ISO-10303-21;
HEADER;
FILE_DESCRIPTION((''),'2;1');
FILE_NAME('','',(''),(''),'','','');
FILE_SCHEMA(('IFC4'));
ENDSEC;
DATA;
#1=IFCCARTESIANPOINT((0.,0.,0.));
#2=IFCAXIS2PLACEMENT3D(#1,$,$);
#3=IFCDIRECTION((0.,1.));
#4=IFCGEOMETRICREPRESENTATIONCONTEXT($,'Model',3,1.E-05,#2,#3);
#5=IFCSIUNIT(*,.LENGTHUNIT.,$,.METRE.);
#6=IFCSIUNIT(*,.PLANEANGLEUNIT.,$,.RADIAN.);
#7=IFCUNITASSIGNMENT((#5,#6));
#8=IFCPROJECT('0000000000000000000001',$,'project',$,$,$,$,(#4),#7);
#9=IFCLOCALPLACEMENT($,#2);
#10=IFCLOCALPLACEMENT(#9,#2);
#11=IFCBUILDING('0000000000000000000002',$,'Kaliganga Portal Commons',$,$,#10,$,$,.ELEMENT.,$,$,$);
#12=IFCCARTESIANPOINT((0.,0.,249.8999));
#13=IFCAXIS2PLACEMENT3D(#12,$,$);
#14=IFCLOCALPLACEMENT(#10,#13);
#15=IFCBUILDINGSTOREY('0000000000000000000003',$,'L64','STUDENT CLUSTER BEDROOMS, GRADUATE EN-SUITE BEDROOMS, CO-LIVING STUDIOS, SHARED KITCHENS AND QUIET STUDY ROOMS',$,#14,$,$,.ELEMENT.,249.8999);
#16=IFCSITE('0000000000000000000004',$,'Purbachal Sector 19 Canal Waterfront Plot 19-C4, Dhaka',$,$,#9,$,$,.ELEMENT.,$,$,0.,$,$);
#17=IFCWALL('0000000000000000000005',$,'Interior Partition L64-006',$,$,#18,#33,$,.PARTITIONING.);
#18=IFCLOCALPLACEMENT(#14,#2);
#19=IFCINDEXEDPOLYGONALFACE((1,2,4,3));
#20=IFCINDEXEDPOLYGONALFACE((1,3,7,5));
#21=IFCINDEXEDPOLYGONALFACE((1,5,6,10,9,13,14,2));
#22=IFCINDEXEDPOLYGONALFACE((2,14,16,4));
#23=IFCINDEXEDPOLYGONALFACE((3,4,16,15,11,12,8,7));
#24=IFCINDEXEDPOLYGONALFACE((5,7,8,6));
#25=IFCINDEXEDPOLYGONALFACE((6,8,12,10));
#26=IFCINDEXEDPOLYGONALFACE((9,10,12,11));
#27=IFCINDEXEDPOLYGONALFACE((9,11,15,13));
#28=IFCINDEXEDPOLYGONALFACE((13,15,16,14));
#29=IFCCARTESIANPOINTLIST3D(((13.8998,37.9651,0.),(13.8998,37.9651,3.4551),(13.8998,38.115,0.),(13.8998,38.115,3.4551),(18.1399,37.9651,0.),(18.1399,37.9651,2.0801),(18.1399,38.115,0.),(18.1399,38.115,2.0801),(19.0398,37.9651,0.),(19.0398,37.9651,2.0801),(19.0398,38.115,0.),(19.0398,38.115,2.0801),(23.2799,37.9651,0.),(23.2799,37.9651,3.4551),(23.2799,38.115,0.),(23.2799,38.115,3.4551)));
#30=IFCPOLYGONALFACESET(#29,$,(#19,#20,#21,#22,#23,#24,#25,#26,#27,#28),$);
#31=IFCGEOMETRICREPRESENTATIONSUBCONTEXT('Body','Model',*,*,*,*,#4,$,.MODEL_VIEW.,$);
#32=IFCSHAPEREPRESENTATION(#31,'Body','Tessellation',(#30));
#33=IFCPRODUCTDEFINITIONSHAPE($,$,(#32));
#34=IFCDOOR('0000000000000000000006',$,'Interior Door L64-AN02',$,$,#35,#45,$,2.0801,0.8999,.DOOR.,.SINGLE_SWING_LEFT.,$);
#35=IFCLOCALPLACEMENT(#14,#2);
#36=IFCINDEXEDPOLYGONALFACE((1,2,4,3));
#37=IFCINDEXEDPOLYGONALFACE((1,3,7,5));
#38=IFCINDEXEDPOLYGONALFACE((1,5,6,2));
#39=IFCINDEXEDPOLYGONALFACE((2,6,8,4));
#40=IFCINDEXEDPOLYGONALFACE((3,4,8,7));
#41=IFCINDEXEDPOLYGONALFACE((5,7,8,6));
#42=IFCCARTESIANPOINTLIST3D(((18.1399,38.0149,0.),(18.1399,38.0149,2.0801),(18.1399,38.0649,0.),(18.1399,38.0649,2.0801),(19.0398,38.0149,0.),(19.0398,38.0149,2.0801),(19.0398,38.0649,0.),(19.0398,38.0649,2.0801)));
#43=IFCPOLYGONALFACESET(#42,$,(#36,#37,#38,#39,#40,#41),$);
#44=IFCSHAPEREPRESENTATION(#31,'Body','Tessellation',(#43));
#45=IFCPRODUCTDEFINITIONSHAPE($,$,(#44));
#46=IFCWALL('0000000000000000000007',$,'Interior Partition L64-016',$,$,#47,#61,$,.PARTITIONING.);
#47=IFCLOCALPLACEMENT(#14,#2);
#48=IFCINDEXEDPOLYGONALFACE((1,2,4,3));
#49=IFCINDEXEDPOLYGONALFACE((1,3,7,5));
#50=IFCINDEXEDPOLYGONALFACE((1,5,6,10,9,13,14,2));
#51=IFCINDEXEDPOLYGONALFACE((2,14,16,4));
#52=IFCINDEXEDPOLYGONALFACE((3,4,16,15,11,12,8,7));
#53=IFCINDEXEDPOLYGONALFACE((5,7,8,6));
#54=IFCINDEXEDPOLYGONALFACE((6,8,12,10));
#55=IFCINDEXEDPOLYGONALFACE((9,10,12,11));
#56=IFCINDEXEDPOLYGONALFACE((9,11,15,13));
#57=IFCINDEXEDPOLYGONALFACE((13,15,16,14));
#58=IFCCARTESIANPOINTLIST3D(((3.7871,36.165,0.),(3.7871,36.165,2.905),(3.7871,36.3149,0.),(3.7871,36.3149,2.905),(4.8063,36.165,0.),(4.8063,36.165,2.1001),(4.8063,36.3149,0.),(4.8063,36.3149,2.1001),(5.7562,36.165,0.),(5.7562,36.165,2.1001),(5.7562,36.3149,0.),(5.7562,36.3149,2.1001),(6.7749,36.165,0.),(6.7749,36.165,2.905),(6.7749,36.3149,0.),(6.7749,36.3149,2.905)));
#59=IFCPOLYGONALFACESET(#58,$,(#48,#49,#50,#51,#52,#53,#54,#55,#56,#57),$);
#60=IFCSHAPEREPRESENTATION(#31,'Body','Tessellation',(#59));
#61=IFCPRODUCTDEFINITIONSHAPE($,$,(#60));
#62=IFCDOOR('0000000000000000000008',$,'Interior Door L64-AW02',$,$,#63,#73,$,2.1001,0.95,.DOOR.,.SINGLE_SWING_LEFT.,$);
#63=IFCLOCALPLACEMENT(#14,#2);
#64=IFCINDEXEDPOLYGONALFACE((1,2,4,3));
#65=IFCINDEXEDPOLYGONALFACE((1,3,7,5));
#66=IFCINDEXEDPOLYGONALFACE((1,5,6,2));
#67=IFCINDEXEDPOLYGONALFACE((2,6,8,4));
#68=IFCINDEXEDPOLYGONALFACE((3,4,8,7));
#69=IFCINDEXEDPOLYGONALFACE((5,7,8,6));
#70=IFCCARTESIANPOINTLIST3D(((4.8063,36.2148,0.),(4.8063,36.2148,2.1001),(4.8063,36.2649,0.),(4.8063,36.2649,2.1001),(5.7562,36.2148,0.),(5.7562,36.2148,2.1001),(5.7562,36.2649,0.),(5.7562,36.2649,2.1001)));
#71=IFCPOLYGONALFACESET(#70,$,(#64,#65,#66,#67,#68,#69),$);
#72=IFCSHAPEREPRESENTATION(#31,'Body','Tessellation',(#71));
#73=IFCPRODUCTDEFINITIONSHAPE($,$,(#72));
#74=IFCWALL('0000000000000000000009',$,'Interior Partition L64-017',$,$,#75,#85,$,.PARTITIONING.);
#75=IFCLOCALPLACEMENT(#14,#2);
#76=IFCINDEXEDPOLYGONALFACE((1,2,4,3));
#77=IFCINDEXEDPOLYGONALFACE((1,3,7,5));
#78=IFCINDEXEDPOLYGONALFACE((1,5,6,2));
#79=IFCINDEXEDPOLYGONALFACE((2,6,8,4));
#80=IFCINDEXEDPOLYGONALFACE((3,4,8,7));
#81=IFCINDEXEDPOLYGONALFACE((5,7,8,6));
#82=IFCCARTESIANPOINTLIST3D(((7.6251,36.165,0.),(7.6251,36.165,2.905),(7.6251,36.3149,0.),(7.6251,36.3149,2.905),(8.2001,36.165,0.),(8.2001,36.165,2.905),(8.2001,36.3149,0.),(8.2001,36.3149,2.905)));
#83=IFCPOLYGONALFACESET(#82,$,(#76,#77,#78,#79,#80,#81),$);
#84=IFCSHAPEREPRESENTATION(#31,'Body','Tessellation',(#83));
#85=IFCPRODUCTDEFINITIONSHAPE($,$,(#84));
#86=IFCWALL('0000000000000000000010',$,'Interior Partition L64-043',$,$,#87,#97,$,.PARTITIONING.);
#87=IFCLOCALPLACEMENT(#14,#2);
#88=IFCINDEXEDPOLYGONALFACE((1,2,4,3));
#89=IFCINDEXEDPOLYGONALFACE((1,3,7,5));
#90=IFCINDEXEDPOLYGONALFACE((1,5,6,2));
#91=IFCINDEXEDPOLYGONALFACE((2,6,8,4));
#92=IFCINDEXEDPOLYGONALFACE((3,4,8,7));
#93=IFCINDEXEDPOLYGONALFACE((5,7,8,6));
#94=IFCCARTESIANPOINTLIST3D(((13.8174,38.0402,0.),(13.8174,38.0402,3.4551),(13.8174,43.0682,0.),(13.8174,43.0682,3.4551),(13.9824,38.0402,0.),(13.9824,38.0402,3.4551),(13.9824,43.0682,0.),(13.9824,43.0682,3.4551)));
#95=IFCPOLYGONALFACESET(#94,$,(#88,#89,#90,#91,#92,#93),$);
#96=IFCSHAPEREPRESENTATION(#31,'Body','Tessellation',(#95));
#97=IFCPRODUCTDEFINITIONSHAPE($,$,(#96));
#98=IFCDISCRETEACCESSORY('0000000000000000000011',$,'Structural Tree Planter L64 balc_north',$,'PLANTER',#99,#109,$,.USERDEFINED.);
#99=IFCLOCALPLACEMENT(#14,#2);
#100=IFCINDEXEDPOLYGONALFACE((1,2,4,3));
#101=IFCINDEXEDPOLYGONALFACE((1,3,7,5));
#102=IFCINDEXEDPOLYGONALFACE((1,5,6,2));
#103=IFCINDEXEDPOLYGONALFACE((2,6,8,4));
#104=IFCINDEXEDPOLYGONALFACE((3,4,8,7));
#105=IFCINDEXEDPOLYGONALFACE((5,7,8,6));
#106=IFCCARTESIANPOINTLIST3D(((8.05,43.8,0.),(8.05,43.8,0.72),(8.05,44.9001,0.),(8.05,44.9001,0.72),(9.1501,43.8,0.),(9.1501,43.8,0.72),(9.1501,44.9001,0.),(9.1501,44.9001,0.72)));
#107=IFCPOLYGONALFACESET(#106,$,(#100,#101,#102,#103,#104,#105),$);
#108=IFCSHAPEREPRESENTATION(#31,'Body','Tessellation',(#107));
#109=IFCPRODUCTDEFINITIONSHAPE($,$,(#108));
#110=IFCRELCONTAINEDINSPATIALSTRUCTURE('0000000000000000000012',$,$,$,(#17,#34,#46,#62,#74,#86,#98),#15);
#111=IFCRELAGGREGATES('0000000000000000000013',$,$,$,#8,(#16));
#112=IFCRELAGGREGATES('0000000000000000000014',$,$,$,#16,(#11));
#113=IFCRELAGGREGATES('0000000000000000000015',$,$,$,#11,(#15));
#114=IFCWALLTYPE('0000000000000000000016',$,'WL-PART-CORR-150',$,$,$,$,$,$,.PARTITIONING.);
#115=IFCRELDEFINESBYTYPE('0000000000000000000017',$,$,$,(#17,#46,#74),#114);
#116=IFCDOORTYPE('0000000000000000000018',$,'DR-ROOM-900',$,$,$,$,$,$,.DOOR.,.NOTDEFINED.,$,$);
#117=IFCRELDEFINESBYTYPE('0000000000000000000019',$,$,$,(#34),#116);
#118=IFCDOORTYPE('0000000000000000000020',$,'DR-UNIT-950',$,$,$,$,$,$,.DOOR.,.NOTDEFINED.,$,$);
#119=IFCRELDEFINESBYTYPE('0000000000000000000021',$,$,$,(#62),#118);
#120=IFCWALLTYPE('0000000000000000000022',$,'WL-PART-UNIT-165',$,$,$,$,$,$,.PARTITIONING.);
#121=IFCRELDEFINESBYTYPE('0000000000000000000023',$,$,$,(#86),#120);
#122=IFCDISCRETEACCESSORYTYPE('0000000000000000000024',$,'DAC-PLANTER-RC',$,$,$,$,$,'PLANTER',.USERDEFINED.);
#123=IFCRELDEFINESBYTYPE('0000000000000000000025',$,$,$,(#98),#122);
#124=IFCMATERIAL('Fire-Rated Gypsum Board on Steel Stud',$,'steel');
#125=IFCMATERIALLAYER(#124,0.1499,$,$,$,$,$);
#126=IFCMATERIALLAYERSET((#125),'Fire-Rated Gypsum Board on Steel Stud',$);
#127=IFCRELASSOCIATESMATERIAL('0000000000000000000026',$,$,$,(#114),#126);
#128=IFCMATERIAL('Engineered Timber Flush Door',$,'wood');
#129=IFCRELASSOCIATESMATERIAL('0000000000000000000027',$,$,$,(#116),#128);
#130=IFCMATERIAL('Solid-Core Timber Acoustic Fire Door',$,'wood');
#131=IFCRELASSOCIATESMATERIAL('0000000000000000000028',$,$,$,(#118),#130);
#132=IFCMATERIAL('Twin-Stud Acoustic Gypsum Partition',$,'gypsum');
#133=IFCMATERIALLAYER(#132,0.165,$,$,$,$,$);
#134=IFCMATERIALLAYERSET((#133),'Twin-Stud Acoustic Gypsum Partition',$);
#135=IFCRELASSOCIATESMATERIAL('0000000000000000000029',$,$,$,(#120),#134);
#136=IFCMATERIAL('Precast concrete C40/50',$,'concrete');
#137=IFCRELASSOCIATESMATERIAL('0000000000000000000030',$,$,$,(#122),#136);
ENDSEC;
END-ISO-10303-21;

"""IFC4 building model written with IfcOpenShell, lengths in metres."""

from ifc_helpers import new_model, si_unit, direction, frame, frame_2d, origin, origin_2d, place, context, subcontext, project, spatial, rectangle, extrude, source, transform, mapped, material, layer, layer_set, type_object, element, fill, save


model = new_model("IFC4")

# Units and contexts
model_context = context("Model", 3, precision=1e-05, world=origin(), true_north=direction((0.0, 1.0)))
body_context = subcontext(model_context, "Body", "Model", "MODEL_VIEW")
ifc_project = project(units=[si_unit("LENGTHUNIT", "METRE"), si_unit("PLANEANGLEUNIT", "RADIAN")], contexts=[model_context])

# Site, building, storey
site_placement = place(None, origin())
site = spatial("IfcSite", under=ifc_project, at=site_placement, Name="Purbachal Sector 19 Canal Waterfront Plot 19-C4, Dhaka", CompositionType="ELEMENT", RefElevation=0.0)
building_placement = place(site_placement, origin())
building = spatial("IfcBuilding", under=site, at=building_placement, Name="Kaliganga Portal Commons", CompositionType="ELEMENT")
storey_placement = place(building_placement, frame((0.0, 0.0, 249.8999)))
storey = spatial("IfcBuildingStorey", under=building, at=storey_placement, Name="L64", Description="STUDENT CLUSTER BEDROOMS, GRADUATE EN-SUITE BEDROOMS, CO-LIVING STUDIOS, SHARED KITCHENS AND QUIET STUDY ROOMS", CompositionType="ELEMENT", Elevation=249.8999)

# Walls, openings, doors
ifc_material_1 = material(Name="Fire-Rated Gypsum Board on Steel Stud", Category="steel")
ifc_layer_1 = layer(ifc_material_1, 0.1499)
ifc_layer_set_1 = layer_set([ifc_layer_1], Name="Fire-Rated Gypsum Board on Steel Stud")
wall_type_1 = type_object("IfcWallType", Name="WL-PART-CORR-150", PredefinedType="PARTITIONING", material=ifc_layer_set_1)
wall_1_placement = place(storey_placement, frame((13.8999, 38.04, 0.0), z_axis=(0.0, 0.0, 1.0), x_axis=(1.0, 0.0, 0.0)))
wall_1 = element("IfcWall", 1, at=wall_1_placement, inside=storey, type_object=wall_type_1, Name="Interior Partition L64-006", PredefinedType="PARTITIONING", context=body_context, shape_type="SweptSolid", body=[
    extrude(rectangle(XDim=9.3801, YDim=0.1499, at=frame_2d((4.6899, 0.0))), origin(), (0.0, 0.0, 1.0), 3.4551),
])
opening_1_placement = place(wall_1_placement, frame((4.24, 0.0, 0.0)))
opening_1 = element("IfcOpeningElement", 2, at=opening_1_placement, cuts=wall_1, PredefinedType="OPENING", context=body_context, shape_type="SweptSolid", body=[
    extrude(rectangle(XDim=0.8999, YDim=2.0801, at=frame_2d((0.45, 1.04))), frame((0.0, 0.085, 0.0), z_axis=(0.0, -1.0, 0.0), x_axis=(1.0, 0.0, 0.0)), (0.0, 0.0, 1.0), 0.1699),
])
ifc_material_2 = material(Name="Engineered Timber Flush Door", Category="wood")
door_type_1 = type_object("IfcDoorType", Name="DR-ROOM-900", OperationType="NOTDEFINED", PredefinedType="DOOR", material=ifc_material_2)
door_1_placement = place(opening_1_placement, origin())
door_1 = element("IfcDoor", 3, at=door_1_placement, inside=storey, type_object=door_type_1, Name="Interior Door L64-AN02", OperationType="SINGLE_SWING_LEFT", OverallHeight=2.0801, OverallWidth=0.8999, PredefinedType="DOOR", context=body_context, shape_type="SweptSolid", body=[
    extrude(rectangle(XDim=0.8999, YDim=2.0801, at=frame_2d((0.45, 1.04))), frame((0.0, 0.0249, 0.0), z_axis=(0.0, -1.0, 0.0), x_axis=(1.0, 0.0, 0.0)), (0.0, 0.0, 1.0), 0.05),
])
fill(opening_1, door_1)
wall_2_placement = place(storey_placement, frame((3.7871, 36.24, 0.0), z_axis=(0.0, 0.0, 1.0), x_axis=(1.0, 0.0, 0.0)))
wall_2 = element("IfcWall", 4, at=wall_2_placement, inside=storey, type_object=wall_type_1, Name="Interior Partition L64-016", PredefinedType="PARTITIONING", context=body_context, shape_type="SweptSolid", body=[
    extrude(rectangle(XDim=2.9878, YDim=0.1499, at=frame_2d((1.4939, 0.0))), origin(), (0.0, 0.0, 1.0), 2.905),
])
opening_2_placement = place(wall_2_placement, frame((1.019, 0.0, 0.0)))
opening_2 = element("IfcOpeningElement", 5, at=opening_2_placement, cuts=wall_2, PredefinedType="OPENING", context=body_context, shape_type="SweptSolid", body=[
    extrude(rectangle(XDim=0.95, YDim=2.1001, at=frame_2d((0.4751, 1.05))), frame((0.0, 0.085, 0.0), z_axis=(0.0, -1.0, 0.0), x_axis=(1.0, 0.0, 0.0)), (0.0, 0.0, 1.0), 0.1699),
])
ifc_material_3 = material(Name="Solid-Core Timber Acoustic Fire Door", Category="wood")
door_type_2 = type_object("IfcDoorType", Name="DR-UNIT-950", OperationType="NOTDEFINED", PredefinedType="DOOR", material=ifc_material_3)
door_2_placement = place(opening_2_placement, origin())
door_2 = element("IfcDoor", 6, at=door_2_placement, inside=storey, type_object=door_type_2, Name="Interior Door L64-AW02", OperationType="SINGLE_SWING_LEFT", OverallHeight=2.1001, OverallWidth=0.95, PredefinedType="DOOR", context=body_context, shape_type="SweptSolid", body=[
    extrude(rectangle(XDim=0.95, YDim=2.1001, at=frame_2d((0.4751, 1.05))), frame((0.0, 0.0249, 0.0), z_axis=(0.0, -1.0, 0.0), x_axis=(1.0, 0.0, 0.0)), (0.0, 0.0, 1.0), 0.05),
])
fill(opening_2, door_2)

# Walls
wall_3_placement = place(storey_placement, frame((7.625, 36.24, 0.0), z_axis=(0.0, 0.0, 1.0), x_axis=(1.0, 0.0, 0.0)))
element("IfcWall", 7, at=wall_3_placement, inside=storey, type_object=wall_type_1, Name="Interior Partition L64-017", PredefinedType="PARTITIONING", context=body_context, shape_type="SweptSolid", body=[
    extrude(rectangle(XDim=0.575, YDim=0.1499, at=frame_2d((0.2876, 0.0))), origin(), (0.0, 0.0, 1.0), 2.905),
])
ifc_material_4 = material(Name="Twin-Stud Acoustic Gypsum Partition", Category="gypsum")
ifc_layer_2 = layer(ifc_material_4, 0.165)
ifc_layer_set_2 = layer_set([ifc_layer_2], Name="Twin-Stud Acoustic Gypsum Partition")
wall_type_2 = type_object("IfcWallType", Name="WL-PART-UNIT-165", PredefinedType="PARTITIONING", material=ifc_layer_set_2)
wall_4_placement = place(storey_placement, frame((13.8999, 38.04, 0.0), z_axis=(0.0, 0.0, 1.0), x_axis=(0.0, 1.0, 0.0)))
element("IfcWall", 8, at=wall_4_placement, inside=storey, type_object=wall_type_2, Name="Interior Partition L64-043", PredefinedType="PARTITIONING", context=body_context, shape_type="SweptSolid", body=[
    extrude(rectangle(XDim=5.0281, YDim=0.165, at=frame_2d((2.5142, 0.0))), origin(), (0.0, 0.0, 1.0), 3.4551),
])

# Discrete accessory
ifc_material_5 = material(Name="Precast concrete C40/50", Category="concrete")
discrete_accessory_type = type_object("IfcDiscreteAccessoryType", Name="DAC-PLANTER-RC", ElementType="PLANTER", PredefinedType="USERDEFINED", material=ifc_material_5)
shared_shape_1 = source(origin(), body_context, "Body", "SweptSolid", [
    extrude(rectangle(XDim=1.1001, YDim=1.1001, at=origin_2d()), origin(), (0.0, 0.0, 1.0), 0.72),
])
discrete_accessory_placement = place(storey_placement, frame((8.6001, 44.3501, 0.0), z_axis=(0.0, 0.0, 1.0), x_axis=(1.0, 0.0, 0.0)))
element("IfcDiscreteAccessory", 9, at=discrete_accessory_placement, inside=storey, type_object=discrete_accessory_type, Name="Structural Tree Planter L64 balc_north", ObjectType="PLANTER", PredefinedType="USERDEFINED", context=body_context, shape_type="MappedRepresentation", body=[
    mapped(shared_shape_1, transform((0.0, 0.0, 0.0), x_axis=(1.0, 0.0, 0.0), y_axis=(0.0, 1.0, 0.0), z_axis=(0.0, 0.0, 1.0), scale=1.0)),
])

save(model, "model.ifc")
